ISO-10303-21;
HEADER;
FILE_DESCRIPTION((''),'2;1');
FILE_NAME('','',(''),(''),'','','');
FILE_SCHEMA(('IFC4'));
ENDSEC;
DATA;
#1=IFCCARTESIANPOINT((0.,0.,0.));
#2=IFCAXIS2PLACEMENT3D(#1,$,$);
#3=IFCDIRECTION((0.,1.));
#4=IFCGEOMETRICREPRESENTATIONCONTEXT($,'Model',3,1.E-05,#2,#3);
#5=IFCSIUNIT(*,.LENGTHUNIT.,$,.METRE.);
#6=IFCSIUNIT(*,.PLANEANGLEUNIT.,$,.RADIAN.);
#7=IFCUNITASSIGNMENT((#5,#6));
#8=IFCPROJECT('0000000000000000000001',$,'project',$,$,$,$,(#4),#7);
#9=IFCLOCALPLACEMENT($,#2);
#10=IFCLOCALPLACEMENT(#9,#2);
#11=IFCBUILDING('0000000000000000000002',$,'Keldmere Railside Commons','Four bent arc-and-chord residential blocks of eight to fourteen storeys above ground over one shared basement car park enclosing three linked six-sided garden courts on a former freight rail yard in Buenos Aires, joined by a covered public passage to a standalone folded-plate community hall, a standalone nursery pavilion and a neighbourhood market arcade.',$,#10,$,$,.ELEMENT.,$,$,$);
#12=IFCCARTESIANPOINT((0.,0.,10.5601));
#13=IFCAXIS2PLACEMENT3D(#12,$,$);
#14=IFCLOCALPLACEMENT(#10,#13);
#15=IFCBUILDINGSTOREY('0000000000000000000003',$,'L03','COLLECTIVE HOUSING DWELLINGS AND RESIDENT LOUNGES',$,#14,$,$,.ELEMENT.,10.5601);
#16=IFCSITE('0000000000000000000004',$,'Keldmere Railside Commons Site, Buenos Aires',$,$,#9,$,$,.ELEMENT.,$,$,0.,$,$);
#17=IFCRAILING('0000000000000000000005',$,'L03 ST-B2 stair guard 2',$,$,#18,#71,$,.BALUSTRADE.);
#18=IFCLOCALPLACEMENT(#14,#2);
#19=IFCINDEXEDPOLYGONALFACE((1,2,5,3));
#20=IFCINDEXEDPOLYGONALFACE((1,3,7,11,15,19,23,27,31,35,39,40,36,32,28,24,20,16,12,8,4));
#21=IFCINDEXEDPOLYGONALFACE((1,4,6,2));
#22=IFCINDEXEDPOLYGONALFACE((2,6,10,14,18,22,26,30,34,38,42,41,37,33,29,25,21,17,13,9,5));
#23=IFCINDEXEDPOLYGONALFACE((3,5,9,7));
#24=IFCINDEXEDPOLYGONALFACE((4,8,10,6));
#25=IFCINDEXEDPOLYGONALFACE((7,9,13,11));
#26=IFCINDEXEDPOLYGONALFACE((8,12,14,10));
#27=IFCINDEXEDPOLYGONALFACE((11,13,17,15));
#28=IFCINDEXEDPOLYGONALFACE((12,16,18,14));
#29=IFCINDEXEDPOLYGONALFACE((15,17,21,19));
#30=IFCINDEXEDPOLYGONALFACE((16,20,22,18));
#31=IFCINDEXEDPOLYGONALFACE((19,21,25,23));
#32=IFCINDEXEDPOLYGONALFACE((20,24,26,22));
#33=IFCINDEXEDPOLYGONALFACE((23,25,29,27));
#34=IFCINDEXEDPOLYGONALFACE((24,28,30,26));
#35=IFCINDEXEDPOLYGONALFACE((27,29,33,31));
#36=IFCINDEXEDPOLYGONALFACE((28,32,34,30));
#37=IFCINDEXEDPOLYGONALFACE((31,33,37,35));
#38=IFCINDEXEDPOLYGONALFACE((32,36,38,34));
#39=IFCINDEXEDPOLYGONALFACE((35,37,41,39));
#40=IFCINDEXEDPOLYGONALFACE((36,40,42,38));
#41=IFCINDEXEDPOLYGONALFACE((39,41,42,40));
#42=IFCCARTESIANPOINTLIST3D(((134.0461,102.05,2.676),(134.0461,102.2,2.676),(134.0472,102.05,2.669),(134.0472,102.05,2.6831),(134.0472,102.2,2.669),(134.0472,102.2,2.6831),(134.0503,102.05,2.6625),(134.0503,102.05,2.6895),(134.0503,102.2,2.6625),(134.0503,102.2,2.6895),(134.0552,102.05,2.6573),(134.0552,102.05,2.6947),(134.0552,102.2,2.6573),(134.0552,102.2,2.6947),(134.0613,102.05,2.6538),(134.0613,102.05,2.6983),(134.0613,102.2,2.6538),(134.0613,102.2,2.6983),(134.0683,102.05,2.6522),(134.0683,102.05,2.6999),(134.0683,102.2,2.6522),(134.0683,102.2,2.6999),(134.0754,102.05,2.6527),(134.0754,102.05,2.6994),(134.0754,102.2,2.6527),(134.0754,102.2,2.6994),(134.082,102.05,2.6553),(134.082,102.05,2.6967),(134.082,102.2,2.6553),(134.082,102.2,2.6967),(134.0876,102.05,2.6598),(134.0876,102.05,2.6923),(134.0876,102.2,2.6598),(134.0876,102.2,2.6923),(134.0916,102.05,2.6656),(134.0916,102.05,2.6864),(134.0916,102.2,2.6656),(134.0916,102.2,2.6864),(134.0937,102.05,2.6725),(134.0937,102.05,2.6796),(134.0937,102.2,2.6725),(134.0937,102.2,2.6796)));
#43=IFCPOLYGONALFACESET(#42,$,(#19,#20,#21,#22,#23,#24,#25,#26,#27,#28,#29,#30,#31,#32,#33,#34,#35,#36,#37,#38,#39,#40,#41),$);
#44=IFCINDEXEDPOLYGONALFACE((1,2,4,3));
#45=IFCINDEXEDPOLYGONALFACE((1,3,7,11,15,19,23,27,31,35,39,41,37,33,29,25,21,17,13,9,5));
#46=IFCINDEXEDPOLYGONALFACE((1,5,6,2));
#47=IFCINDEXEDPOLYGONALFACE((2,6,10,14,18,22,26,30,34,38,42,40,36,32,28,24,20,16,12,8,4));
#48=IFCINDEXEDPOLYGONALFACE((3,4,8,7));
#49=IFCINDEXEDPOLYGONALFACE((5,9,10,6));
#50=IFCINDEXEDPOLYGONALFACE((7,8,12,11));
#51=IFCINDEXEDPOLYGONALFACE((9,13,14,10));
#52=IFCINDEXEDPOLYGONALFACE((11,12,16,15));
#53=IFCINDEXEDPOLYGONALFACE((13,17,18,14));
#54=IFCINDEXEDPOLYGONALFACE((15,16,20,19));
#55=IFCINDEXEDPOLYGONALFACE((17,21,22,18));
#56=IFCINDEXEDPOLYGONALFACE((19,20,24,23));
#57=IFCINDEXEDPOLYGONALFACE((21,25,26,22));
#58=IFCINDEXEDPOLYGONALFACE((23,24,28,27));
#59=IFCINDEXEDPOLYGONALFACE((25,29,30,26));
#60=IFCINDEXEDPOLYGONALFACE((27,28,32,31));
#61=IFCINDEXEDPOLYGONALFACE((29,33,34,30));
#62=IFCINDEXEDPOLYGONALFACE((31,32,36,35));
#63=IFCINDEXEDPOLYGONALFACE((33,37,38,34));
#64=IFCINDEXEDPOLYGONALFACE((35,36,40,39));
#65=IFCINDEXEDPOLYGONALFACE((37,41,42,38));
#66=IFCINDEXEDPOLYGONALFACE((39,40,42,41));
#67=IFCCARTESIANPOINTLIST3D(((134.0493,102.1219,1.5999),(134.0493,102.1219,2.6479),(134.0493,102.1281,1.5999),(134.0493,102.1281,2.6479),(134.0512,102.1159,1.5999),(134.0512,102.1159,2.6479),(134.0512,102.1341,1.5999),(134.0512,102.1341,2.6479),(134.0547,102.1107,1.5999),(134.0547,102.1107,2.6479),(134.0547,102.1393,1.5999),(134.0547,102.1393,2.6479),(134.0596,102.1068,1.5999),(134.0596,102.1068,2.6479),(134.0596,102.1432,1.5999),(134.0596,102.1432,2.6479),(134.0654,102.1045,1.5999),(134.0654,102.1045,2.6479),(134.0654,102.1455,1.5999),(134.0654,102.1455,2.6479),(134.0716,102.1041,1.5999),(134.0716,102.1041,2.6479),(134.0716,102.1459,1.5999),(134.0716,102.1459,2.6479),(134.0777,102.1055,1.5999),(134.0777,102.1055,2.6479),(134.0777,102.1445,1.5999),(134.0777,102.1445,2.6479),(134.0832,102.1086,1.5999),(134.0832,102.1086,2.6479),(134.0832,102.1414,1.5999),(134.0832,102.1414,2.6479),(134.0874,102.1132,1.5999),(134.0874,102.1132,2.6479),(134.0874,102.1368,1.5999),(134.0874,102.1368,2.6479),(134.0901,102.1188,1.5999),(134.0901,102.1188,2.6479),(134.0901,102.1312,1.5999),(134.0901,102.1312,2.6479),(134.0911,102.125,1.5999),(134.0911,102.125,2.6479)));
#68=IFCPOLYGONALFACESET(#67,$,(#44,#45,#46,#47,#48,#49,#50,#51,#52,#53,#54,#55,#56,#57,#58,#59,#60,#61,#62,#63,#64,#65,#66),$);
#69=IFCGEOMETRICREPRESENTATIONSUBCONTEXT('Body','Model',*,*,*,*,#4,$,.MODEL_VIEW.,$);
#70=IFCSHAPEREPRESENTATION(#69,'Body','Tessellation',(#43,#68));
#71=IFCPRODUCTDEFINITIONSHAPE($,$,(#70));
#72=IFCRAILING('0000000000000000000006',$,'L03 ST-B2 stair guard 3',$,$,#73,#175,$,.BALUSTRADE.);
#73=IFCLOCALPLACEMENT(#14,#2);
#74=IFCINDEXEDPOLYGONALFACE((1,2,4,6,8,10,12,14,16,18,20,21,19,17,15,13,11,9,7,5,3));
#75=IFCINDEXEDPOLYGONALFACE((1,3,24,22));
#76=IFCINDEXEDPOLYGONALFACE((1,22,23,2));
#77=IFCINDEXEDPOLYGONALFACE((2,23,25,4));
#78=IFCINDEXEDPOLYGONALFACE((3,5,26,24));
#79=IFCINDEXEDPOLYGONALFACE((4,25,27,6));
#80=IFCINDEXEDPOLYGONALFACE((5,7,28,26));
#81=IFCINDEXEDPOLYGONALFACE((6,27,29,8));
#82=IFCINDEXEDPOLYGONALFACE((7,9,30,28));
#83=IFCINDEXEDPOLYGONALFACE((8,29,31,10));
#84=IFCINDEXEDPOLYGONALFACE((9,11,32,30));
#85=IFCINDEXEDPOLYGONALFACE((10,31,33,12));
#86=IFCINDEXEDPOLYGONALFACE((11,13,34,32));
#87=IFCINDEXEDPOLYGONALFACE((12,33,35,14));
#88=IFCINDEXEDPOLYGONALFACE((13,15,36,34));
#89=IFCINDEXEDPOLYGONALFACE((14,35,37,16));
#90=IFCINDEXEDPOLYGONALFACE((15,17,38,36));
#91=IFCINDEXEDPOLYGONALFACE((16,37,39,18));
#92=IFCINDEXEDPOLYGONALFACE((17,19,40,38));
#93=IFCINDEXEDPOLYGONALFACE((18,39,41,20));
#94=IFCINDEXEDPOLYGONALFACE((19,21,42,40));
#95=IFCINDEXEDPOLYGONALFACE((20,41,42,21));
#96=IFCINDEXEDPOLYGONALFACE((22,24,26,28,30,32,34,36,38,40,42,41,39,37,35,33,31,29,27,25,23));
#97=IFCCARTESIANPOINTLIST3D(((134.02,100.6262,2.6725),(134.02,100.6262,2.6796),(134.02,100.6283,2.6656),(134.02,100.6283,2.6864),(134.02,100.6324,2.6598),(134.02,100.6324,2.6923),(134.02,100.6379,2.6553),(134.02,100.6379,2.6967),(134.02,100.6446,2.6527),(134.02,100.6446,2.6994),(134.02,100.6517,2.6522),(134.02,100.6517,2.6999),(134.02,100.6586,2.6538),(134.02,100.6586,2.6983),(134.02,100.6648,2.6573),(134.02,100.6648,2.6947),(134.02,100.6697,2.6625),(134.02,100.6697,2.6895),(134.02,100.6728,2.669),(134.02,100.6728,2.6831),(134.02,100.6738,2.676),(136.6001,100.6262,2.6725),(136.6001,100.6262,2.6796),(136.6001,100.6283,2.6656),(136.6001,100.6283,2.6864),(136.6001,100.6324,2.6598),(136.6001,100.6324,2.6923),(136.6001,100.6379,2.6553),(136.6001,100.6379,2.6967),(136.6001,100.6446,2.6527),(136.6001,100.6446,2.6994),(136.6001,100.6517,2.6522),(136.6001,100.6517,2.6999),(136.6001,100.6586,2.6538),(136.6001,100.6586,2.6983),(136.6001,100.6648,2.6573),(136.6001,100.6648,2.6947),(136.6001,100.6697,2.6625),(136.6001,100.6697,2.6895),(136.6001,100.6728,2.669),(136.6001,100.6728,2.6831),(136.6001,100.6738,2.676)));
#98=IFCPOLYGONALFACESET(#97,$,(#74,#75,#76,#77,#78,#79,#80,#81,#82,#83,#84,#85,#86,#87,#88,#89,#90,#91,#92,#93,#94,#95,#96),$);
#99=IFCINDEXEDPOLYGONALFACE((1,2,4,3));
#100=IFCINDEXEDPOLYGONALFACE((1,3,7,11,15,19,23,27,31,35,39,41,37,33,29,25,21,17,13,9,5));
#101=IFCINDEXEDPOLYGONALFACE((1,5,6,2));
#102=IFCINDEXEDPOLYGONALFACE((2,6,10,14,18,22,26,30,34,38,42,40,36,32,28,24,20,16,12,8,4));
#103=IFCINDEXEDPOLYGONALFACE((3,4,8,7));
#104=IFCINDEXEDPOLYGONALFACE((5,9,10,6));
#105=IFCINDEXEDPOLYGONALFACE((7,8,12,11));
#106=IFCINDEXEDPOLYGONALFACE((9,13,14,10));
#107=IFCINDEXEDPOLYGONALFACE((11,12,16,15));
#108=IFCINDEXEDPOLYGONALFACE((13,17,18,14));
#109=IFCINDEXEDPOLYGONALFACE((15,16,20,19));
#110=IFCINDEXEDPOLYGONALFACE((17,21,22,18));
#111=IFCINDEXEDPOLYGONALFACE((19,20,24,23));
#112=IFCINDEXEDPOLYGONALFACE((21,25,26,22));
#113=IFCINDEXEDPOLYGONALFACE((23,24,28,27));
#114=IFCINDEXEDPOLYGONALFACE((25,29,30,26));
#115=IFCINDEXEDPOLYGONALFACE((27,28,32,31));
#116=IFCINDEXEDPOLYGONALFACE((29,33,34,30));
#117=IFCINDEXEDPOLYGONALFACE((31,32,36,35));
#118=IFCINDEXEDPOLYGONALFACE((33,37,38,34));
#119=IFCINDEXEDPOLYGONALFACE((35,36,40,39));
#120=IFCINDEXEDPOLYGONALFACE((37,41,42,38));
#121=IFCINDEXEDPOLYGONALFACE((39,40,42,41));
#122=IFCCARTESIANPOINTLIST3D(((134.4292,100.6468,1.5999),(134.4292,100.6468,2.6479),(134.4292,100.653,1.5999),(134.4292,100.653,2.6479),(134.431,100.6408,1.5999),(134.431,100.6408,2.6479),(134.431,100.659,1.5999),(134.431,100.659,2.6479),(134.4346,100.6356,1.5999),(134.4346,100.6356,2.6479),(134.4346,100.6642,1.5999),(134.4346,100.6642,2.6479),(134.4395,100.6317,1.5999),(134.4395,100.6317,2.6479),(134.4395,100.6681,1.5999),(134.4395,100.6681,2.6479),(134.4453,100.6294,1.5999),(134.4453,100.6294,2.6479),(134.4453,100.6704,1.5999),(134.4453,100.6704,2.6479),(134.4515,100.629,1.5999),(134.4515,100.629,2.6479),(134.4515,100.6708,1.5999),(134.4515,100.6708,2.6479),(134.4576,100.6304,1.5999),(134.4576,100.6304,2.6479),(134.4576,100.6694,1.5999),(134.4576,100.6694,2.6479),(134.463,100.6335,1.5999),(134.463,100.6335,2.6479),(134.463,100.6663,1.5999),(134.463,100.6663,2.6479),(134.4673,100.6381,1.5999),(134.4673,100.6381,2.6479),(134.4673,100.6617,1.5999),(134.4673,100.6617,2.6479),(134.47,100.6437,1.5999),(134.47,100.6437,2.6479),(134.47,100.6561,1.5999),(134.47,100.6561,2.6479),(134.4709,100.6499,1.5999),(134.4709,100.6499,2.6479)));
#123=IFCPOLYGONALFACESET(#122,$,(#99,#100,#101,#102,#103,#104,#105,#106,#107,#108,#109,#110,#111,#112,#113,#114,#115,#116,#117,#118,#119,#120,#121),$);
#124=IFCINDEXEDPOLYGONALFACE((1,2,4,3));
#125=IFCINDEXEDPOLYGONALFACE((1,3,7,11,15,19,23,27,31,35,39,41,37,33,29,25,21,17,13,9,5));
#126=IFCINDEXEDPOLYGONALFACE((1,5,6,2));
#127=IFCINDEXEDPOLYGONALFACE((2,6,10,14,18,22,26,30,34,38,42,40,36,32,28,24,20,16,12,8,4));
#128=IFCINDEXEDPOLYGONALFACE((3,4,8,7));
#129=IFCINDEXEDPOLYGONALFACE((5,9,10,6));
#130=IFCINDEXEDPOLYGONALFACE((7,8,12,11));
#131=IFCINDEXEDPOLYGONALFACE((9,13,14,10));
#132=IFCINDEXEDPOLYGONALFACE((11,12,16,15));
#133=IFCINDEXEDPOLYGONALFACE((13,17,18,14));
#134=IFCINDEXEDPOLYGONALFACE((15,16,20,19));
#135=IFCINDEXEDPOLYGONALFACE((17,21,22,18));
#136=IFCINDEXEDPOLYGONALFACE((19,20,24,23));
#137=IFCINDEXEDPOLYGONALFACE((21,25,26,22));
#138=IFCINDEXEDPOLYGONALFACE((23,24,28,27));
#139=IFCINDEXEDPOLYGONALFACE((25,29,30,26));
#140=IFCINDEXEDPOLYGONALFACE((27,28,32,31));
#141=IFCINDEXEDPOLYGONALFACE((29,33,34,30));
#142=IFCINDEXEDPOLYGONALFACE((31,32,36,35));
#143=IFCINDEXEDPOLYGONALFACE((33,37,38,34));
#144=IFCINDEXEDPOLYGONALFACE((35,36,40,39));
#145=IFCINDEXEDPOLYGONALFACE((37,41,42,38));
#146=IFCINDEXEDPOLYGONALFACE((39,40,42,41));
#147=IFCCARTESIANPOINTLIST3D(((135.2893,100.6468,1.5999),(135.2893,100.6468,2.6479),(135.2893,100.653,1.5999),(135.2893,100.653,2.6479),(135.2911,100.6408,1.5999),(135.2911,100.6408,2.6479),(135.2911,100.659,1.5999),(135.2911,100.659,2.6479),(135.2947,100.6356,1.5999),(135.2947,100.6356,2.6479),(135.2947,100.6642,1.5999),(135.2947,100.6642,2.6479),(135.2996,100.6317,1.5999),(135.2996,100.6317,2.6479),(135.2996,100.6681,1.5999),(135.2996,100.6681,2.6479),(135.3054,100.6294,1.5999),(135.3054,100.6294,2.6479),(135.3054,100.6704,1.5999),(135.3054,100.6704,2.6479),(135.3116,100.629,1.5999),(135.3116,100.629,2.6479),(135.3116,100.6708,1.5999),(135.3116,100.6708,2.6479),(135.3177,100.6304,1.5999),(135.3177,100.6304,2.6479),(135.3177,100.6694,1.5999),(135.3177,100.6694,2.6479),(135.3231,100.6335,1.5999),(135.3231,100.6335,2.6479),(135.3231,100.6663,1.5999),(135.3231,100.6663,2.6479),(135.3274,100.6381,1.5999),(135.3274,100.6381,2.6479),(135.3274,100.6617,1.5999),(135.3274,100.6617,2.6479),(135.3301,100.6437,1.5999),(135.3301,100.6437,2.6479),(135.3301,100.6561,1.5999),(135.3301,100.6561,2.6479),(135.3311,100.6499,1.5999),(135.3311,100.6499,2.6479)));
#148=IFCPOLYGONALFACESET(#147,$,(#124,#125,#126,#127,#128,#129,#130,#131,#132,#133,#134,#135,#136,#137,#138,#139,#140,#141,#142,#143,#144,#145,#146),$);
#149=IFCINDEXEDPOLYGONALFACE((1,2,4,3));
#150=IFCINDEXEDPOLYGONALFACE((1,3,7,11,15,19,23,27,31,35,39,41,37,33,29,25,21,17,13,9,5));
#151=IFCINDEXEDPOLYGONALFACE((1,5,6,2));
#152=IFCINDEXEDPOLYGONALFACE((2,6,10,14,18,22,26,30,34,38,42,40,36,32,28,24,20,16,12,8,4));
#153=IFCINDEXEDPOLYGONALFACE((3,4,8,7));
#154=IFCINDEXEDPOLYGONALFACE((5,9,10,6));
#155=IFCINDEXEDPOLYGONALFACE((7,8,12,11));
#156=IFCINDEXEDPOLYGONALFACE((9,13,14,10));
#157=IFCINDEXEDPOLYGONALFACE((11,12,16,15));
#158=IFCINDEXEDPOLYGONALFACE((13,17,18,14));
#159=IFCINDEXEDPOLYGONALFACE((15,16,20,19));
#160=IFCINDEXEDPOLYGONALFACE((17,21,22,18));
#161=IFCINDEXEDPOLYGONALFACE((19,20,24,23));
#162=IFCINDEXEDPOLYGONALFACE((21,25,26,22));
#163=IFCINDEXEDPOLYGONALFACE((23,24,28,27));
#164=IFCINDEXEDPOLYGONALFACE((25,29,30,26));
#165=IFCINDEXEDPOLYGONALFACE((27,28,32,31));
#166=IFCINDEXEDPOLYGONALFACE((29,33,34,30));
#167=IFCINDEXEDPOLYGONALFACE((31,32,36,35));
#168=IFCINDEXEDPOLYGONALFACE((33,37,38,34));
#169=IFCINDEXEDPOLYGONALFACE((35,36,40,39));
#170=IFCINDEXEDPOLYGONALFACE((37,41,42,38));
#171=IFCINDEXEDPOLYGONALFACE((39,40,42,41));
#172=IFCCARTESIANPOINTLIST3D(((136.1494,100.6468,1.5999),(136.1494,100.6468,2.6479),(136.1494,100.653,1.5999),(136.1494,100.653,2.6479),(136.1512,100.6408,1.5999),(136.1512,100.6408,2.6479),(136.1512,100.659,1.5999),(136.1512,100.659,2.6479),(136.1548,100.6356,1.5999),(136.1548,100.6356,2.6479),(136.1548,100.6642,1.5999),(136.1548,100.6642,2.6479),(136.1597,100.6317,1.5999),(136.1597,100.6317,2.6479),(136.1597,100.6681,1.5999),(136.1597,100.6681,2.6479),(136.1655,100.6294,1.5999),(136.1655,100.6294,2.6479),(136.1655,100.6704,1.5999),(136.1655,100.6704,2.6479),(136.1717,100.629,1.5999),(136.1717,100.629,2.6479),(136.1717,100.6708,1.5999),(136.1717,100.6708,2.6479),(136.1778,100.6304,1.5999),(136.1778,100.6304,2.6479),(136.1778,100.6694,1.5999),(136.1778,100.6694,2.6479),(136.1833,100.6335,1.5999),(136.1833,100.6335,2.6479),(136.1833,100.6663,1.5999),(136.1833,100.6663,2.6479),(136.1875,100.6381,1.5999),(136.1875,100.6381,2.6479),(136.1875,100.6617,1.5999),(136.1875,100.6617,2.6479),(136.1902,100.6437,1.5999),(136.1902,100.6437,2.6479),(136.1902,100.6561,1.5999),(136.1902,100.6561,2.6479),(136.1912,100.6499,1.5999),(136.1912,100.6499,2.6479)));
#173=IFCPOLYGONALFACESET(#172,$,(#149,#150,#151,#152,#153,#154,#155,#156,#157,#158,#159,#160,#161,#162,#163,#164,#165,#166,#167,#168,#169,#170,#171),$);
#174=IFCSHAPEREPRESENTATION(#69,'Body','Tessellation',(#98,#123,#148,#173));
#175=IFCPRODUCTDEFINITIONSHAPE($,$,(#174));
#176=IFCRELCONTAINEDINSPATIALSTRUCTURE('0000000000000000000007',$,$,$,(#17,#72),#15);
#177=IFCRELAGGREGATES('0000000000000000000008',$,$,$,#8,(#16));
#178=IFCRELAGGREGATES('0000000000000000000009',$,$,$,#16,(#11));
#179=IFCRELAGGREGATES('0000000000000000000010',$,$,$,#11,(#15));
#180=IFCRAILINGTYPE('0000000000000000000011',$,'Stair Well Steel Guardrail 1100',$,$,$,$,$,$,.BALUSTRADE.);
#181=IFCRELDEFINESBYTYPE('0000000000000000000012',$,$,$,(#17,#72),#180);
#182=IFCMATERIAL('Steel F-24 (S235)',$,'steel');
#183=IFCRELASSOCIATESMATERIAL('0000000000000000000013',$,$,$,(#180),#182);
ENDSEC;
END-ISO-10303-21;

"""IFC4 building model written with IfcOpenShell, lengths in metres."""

from ifc_helpers import new_model, si_unit, direction, frame, origin, origin_2d, place, context, subcontext, project, spatial, circle, extrude, material, type_object, element, save


model = new_model("IFC4")

# Units and contexts
model_context = context("Model", 3, precision=1e-05, world=origin(), true_north=direction((0.0, 1.0)))
body_context = subcontext(model_context, "Body", "Model", "MODEL_VIEW")
ifc_project = project(units=[si_unit("LENGTHUNIT", "METRE"), si_unit("PLANEANGLEUNIT", "RADIAN")], contexts=[model_context])

# Site, building, storey
site_placement = place(None, origin())
site = spatial("IfcSite", under=ifc_project, at=site_placement, Name="Keldmere Railside Commons Site, Buenos Aires", CompositionType="ELEMENT", RefElevation=0.0)
building_placement = place(site_placement, origin())
building = spatial("IfcBuilding", under=site, at=building_placement, Name="Keldmere Railside Commons", Description="Four bent arc-and-chord residential blocks of eight to fourteen storeys above ground over one shared basement car park enclosing three linked six-sided garden courts on a former freight rail yard in Buenos Aires, joined by a covered public passage to a standalone folded-plate community hall, a standalone nursery pavilion and a neighbourhood market arcade.", CompositionType="ELEMENT")
storey_placement = place(building_placement, frame((0.0, 0.0, 10.5601)))
storey = spatial("IfcBuildingStorey", under=building, at=storey_placement, Name="L03", Description="COLLECTIVE HOUSING DWELLINGS AND RESIDENT LOUNGES", CompositionType="ELEMENT", Elevation=10.5601)

# Shared definitions
ifc_material_1 = material(Name="Steel F-24 (S235)", Category="steel")

# Railings
railing_type_1 = type_object("IfcRailingType", Name="Stair Well Steel Guardrail 1100", PredefinedType="BALUSTRADE", material=ifc_material_1)
railing_1_placement = place(storey_placement, frame((134.0701, 102.05, 1.5999)))
element("IfcRailing", 1, at=railing_1_placement, inside=storey, type_object=railing_type_1, Name="L03 ST-B2 stair guard 2", PredefinedType="BALUSTRADE", context=body_context, shape_type="SweptSolid", body=[
    extrude(circle(Radius=0.0239, at=origin_2d()), frame((0.0, 0.0, 1.0762), z_axis=(0.0, 1.0, 0.0), x_axis=(-1.0, 0.0, 0.0)), (0.0, 0.0, 1.0), 0.1499),
    extrude(circle(Radius=0.021, at=origin_2d()), frame((0.0, 0.075, 0.0)), (0.0, 0.0, 1.0), 1.0481),
])
for number, where, name in (
    (2, (134.02, 100.6499, 1.5999), "L03 ST-B2 stair guard 3"),
):
    element("IfcRailing", number, at=place(storey_placement, frame(where)), inside=storey, type_object=railing_type_1, Name=name, PredefinedType="BALUSTRADE", context=body_context, shape_type="SweptSolid", body=[
        extrude(circle(Radius=0.0239, at=origin_2d()), frame((0.0, 0.0, 1.0762), z_axis=(1.0, 0.0, 0.0), x_axis=(0.0, 1.0, 0.0)), (0.0, 0.0, 1.0), 2.5801),
        extrude(circle(Radius=0.021, at=origin_2d()), frame((0.4299, 0.0, 0.0)), (0.0, 0.0, 1.0), 1.0481),
        extrude(circle(Radius=0.021, at=origin_2d()), frame((1.29, 0.0, 0.0)), (0.0, 0.0, 1.0), 1.0481),
        extrude(circle(Radius=0.021, at=origin_2d()), frame((2.1501, 0.0, 0.0)), (0.0, 0.0, 1.0), 1.0481),
    ])

save(model, "model.ifc")
